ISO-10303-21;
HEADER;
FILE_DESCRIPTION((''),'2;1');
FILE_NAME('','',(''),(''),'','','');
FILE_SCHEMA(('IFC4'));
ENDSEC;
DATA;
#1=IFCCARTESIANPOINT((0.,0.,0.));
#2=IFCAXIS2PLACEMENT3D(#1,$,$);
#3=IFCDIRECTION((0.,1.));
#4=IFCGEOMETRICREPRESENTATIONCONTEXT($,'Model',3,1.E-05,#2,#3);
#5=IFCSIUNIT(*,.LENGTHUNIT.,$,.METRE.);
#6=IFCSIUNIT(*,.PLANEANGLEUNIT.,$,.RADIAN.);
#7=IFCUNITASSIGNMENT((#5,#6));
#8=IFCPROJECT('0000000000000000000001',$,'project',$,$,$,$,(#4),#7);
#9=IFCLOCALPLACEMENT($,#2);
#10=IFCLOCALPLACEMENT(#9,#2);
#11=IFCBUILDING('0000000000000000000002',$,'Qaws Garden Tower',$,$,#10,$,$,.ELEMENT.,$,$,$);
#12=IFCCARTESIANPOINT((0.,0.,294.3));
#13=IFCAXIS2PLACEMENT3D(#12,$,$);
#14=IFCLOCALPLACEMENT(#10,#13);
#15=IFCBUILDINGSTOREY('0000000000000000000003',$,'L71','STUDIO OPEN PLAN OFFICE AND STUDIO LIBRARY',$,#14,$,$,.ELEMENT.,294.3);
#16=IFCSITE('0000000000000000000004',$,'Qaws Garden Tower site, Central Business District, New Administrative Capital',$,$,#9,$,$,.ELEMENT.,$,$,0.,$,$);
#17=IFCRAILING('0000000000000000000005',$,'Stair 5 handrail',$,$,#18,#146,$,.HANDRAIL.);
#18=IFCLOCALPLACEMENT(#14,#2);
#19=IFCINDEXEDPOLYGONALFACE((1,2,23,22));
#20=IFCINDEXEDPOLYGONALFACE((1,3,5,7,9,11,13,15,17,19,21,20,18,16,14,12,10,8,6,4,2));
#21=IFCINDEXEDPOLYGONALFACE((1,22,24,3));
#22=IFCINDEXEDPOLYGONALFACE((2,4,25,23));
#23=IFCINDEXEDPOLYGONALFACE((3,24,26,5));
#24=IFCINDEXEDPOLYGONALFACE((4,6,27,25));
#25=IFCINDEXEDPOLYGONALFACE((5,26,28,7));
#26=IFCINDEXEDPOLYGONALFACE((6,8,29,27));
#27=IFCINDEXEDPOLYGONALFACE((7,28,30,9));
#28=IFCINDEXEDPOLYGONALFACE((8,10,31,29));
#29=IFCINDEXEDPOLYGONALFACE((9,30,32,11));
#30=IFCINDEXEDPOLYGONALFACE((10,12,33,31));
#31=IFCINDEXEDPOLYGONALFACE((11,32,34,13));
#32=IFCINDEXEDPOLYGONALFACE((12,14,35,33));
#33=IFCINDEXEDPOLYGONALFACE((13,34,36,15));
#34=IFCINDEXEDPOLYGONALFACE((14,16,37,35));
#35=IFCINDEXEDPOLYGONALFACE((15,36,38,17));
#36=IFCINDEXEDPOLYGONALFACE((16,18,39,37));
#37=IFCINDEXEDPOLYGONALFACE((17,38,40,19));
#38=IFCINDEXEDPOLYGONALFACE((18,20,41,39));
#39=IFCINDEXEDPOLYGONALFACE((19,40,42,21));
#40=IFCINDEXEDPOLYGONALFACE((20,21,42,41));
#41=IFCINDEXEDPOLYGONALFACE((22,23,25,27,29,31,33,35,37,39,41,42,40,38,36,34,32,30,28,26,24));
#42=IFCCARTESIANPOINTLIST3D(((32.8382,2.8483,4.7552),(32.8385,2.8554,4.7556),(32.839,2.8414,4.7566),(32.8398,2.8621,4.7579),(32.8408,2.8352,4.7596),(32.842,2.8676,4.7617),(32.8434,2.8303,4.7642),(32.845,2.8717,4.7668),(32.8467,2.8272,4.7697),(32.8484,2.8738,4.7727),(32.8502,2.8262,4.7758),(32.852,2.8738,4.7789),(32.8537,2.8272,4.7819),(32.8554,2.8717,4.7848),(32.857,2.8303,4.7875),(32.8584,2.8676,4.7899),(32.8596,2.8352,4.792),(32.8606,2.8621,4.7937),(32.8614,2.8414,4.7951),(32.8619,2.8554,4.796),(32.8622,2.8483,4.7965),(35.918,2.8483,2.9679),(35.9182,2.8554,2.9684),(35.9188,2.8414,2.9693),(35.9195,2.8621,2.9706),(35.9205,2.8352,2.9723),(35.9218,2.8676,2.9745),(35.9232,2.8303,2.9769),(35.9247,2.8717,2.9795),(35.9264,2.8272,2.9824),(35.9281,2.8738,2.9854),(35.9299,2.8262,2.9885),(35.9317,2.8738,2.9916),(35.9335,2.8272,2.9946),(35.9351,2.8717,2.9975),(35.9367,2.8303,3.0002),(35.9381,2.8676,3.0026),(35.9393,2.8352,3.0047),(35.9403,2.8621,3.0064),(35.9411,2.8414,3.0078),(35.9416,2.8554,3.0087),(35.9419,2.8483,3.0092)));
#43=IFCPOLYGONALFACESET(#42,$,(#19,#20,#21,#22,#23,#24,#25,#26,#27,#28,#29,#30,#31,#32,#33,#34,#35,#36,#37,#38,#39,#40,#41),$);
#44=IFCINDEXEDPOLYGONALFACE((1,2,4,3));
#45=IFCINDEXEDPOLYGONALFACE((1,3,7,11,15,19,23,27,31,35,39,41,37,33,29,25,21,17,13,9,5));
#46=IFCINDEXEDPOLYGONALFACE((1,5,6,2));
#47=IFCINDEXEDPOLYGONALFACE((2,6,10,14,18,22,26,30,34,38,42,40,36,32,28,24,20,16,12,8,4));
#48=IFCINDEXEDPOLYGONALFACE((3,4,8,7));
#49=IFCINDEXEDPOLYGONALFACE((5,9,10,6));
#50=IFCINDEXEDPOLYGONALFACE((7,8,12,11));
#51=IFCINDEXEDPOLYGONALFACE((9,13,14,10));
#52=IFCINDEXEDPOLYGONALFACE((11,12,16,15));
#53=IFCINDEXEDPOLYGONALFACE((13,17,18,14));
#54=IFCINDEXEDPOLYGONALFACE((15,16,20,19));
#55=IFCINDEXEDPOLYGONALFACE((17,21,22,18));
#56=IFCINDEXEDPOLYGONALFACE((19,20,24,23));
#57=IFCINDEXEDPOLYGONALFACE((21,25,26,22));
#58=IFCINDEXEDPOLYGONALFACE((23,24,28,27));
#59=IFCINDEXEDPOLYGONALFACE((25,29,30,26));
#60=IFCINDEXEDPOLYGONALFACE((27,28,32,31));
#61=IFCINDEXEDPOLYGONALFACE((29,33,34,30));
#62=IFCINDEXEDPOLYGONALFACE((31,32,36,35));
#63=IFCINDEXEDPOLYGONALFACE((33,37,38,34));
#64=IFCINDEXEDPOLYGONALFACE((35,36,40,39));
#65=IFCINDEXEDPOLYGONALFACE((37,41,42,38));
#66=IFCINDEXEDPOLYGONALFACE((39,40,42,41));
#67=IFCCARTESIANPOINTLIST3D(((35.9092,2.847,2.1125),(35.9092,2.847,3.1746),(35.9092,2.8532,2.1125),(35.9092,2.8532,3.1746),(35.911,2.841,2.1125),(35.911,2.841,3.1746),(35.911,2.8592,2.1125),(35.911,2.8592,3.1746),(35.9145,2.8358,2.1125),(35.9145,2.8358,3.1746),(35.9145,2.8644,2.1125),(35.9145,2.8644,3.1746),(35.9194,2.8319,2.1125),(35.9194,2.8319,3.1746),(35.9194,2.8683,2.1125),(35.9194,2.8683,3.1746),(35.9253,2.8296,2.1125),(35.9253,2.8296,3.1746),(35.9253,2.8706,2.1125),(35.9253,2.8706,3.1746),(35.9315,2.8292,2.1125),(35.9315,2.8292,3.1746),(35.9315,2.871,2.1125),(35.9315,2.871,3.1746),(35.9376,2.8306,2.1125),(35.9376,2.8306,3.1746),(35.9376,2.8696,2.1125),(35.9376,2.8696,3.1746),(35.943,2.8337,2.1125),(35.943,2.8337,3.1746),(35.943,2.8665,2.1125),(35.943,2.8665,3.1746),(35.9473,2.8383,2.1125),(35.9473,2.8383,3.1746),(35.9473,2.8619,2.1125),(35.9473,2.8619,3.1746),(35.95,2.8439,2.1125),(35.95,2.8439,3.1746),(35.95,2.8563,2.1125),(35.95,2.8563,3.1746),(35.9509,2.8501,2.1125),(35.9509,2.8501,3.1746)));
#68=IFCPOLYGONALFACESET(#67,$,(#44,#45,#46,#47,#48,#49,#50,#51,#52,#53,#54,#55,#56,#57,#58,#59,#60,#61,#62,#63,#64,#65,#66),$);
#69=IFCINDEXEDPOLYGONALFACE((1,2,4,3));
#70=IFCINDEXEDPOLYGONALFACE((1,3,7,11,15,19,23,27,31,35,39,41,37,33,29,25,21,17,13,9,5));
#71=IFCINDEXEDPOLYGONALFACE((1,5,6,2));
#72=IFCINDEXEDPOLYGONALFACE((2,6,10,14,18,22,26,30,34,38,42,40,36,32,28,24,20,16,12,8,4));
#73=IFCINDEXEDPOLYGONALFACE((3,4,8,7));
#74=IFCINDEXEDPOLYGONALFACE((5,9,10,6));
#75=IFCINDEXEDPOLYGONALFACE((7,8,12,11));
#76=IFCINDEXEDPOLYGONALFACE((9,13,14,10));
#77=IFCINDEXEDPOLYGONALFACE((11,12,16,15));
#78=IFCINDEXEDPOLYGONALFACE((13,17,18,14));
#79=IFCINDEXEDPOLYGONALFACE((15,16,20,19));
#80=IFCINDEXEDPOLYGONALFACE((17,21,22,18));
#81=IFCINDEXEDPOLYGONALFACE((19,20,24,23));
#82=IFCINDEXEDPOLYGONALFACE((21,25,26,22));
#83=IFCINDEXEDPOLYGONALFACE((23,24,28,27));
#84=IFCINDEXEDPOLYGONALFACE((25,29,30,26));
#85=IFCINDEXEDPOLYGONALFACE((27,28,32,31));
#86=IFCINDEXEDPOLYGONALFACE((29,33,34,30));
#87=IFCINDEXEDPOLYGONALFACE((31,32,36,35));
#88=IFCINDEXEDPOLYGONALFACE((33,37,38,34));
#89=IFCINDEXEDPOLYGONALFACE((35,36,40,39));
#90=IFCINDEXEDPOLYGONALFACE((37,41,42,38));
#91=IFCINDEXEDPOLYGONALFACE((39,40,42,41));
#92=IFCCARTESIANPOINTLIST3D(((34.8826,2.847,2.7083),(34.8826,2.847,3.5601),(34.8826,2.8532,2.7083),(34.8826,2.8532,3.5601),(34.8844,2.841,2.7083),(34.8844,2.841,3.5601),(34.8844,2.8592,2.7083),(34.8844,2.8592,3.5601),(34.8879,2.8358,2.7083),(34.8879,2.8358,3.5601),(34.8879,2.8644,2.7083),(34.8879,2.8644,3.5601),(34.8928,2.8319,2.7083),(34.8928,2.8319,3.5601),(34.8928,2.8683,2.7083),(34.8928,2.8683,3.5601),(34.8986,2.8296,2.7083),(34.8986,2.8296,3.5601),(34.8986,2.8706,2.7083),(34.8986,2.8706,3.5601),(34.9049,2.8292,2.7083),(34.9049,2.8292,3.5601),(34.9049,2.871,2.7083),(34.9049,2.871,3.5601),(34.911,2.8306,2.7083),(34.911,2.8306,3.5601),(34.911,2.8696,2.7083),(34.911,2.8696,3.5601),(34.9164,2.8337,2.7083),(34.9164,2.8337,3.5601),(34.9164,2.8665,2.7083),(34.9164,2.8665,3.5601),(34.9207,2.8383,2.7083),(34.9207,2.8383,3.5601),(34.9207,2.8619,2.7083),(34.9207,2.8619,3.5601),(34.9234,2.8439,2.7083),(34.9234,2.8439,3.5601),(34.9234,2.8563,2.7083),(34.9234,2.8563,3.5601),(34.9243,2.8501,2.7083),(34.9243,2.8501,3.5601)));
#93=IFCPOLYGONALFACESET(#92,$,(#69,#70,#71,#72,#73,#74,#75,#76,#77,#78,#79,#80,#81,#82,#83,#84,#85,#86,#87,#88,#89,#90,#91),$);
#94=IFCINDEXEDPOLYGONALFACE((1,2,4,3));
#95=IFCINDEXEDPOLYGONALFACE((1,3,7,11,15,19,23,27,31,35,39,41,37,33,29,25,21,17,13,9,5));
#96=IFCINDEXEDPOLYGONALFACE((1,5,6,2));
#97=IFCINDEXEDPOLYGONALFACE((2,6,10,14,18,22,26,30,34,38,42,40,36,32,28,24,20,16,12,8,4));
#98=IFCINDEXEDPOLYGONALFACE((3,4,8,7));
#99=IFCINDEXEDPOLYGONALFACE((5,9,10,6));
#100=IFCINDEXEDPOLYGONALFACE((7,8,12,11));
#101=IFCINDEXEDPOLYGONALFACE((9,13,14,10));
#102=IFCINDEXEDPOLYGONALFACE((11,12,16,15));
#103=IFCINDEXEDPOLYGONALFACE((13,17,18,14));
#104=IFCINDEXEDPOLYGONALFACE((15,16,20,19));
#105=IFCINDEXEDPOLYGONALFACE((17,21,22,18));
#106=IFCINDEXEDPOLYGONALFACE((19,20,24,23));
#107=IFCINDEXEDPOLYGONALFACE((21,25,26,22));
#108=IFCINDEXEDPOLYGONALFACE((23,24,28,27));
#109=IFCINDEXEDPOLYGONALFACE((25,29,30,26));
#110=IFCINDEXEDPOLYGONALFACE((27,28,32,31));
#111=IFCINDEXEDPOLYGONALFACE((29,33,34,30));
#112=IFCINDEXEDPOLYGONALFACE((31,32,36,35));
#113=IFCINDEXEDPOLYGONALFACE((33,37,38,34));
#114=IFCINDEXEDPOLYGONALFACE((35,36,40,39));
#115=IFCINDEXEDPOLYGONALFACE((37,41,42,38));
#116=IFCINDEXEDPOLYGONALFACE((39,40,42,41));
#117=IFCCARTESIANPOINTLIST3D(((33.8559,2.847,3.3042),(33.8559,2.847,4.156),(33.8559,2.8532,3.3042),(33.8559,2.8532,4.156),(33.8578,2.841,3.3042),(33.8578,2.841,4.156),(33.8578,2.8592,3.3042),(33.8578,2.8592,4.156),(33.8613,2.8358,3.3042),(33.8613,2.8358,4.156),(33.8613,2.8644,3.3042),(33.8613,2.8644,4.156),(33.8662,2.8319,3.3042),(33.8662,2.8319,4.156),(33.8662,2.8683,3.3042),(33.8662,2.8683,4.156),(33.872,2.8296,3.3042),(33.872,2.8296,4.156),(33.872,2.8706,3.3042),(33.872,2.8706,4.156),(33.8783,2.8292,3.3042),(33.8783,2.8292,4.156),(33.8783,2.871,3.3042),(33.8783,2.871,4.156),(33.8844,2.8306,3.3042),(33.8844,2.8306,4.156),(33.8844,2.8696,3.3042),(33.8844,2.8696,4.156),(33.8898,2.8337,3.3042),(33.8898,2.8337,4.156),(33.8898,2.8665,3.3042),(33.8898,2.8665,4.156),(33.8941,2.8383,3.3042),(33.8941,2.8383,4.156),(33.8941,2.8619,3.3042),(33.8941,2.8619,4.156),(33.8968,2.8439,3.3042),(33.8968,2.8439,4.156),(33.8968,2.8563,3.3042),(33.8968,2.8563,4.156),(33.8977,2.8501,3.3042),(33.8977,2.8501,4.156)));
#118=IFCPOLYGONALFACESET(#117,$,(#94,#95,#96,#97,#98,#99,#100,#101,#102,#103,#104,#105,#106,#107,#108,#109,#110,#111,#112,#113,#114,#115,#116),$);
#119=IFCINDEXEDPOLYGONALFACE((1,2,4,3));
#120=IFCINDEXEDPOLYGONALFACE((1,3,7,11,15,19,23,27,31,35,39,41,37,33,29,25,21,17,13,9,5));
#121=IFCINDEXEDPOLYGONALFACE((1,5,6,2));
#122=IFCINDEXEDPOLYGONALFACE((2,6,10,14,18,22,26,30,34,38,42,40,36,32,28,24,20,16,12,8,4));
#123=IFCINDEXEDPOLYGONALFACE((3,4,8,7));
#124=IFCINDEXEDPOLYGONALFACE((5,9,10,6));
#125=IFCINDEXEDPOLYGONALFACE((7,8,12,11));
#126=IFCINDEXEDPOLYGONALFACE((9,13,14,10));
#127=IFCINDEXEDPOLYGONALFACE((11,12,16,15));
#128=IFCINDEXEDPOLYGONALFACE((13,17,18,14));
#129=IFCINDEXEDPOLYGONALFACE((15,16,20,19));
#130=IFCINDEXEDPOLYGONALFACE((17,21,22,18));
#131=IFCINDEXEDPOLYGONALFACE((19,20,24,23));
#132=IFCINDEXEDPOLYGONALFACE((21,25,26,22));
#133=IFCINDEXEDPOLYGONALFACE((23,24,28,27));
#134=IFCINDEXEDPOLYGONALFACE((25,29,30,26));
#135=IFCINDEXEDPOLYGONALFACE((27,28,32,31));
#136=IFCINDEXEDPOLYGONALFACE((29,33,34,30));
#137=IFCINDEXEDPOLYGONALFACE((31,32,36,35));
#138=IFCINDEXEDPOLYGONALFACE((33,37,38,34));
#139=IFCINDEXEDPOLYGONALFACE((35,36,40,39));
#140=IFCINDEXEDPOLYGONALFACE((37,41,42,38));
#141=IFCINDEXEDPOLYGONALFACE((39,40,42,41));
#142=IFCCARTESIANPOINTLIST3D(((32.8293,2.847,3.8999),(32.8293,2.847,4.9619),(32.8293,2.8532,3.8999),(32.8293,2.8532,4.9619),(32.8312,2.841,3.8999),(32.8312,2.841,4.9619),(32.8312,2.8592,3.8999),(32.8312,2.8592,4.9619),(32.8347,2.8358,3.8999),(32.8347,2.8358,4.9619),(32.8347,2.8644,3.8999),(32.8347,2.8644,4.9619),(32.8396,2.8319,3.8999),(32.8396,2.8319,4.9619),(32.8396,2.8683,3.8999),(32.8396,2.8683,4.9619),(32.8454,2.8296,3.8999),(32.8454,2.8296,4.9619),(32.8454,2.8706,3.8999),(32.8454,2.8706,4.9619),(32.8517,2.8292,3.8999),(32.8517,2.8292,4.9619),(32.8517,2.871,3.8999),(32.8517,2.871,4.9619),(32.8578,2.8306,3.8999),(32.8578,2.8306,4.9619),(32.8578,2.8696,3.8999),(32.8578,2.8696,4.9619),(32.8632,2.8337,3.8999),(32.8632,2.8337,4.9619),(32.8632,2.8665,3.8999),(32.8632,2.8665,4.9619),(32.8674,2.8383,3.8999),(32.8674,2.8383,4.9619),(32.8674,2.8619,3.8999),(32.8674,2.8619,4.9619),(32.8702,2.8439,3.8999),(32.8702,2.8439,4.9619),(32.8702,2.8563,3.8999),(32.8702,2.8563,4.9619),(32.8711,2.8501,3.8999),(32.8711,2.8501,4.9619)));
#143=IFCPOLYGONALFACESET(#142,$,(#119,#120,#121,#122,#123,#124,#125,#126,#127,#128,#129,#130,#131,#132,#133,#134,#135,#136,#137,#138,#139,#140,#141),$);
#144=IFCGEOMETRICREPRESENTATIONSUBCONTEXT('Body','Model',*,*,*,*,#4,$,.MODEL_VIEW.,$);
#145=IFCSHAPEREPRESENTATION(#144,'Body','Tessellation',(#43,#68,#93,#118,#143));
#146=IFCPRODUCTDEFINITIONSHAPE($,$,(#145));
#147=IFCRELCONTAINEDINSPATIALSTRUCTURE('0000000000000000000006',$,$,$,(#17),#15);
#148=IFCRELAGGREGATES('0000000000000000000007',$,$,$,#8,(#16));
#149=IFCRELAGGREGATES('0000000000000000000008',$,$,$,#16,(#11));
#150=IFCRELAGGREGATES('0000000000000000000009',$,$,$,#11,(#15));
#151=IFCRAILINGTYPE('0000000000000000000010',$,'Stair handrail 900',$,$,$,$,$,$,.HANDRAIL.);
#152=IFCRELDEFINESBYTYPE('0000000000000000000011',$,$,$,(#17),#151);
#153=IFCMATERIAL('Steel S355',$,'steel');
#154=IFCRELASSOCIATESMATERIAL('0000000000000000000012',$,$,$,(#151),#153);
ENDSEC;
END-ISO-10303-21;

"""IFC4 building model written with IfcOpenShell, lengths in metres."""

from ifc_helpers import new_model, si_unit, direction, frame, origin, origin_2d, place, context, subcontext, project, spatial, circle, extrude, material, type_object, element, save


model = new_model("IFC4")

# Units and contexts
model_context = context("Model", 3, precision=1e-05, world=origin(), true_north=direction((0.0, 1.0)))
body_context = subcontext(model_context, "Body", "Model", "MODEL_VIEW")
ifc_project = project(units=[si_unit("LENGTHUNIT", "METRE"), si_unit("PLANEANGLEUNIT", "RADIAN")], contexts=[model_context])

# Site, building, storey
site_placement = place(None, origin())
site = spatial("IfcSite", under=ifc_project, at=site_placement, Name="Qaws Garden Tower site, Central Business District, New Administrative Capital", CompositionType="ELEMENT", RefElevation=0.0)
building_placement = place(site_placement, origin())
building = spatial("IfcBuilding", under=site, at=building_placement, Name="Qaws Garden Tower", CompositionType="ELEMENT")
storey_placement = place(building_placement, frame((0.0, 0.0, 294.3)))
storey = spatial("IfcBuildingStorey", under=building, at=storey_placement, Name="L71", Description="STUDIO OPEN PLAN OFFICE AND STUDIO LIBRARY", CompositionType="ELEMENT", Elevation=294.3)

# Railing
ifc_material_1 = material(Name="Steel S355", Category="steel")
railing_type = type_object("IfcRailingType", Name="Stair handrail 900", PredefinedType="HANDRAIL", material=ifc_material_1)
railing_1_placement = place(storey_placement, frame((35.9299, 2.8501, 2.1125)))
element("IfcRailing", 1, at=railing_1_placement, inside=storey, type_object=railing_type, Name="Stair 5 handrail", PredefinedType="HANDRAIL", context=body_context, shape_type="SweptSolid", body=[
    extrude(circle(Radius=0.0239, at=origin_2d()), frame((0.0, 0.0, 0.876), z_axis=(-0.864903, 0.0, 0.501939), x_axis=(0.0, -1.0, 0.0)), (0.0, 0.0, 1.0), 3.5608),
    extrude(circle(Radius=0.021, at=origin_2d()), origin(), (0.0, 0.0, 1.0), 1.062),
    extrude(circle(Radius=0.021, at=origin_2d()), frame((-1.0266, 0.0, 0.5957)), (0.0, 0.0, 1.0), 0.8518),
    extrude(circle(Radius=0.021, at=origin_2d()), frame((-2.0532, 0.0, 1.1917)), (0.0, 0.0, 1.0), 0.8518),
    extrude(circle(Radius=0.021, at=origin_2d()), frame((-3.0798, 0.0, 1.7874)), (0.0, 0.0, 1.0), 1.062),
])

save(model, "model.ifc")
